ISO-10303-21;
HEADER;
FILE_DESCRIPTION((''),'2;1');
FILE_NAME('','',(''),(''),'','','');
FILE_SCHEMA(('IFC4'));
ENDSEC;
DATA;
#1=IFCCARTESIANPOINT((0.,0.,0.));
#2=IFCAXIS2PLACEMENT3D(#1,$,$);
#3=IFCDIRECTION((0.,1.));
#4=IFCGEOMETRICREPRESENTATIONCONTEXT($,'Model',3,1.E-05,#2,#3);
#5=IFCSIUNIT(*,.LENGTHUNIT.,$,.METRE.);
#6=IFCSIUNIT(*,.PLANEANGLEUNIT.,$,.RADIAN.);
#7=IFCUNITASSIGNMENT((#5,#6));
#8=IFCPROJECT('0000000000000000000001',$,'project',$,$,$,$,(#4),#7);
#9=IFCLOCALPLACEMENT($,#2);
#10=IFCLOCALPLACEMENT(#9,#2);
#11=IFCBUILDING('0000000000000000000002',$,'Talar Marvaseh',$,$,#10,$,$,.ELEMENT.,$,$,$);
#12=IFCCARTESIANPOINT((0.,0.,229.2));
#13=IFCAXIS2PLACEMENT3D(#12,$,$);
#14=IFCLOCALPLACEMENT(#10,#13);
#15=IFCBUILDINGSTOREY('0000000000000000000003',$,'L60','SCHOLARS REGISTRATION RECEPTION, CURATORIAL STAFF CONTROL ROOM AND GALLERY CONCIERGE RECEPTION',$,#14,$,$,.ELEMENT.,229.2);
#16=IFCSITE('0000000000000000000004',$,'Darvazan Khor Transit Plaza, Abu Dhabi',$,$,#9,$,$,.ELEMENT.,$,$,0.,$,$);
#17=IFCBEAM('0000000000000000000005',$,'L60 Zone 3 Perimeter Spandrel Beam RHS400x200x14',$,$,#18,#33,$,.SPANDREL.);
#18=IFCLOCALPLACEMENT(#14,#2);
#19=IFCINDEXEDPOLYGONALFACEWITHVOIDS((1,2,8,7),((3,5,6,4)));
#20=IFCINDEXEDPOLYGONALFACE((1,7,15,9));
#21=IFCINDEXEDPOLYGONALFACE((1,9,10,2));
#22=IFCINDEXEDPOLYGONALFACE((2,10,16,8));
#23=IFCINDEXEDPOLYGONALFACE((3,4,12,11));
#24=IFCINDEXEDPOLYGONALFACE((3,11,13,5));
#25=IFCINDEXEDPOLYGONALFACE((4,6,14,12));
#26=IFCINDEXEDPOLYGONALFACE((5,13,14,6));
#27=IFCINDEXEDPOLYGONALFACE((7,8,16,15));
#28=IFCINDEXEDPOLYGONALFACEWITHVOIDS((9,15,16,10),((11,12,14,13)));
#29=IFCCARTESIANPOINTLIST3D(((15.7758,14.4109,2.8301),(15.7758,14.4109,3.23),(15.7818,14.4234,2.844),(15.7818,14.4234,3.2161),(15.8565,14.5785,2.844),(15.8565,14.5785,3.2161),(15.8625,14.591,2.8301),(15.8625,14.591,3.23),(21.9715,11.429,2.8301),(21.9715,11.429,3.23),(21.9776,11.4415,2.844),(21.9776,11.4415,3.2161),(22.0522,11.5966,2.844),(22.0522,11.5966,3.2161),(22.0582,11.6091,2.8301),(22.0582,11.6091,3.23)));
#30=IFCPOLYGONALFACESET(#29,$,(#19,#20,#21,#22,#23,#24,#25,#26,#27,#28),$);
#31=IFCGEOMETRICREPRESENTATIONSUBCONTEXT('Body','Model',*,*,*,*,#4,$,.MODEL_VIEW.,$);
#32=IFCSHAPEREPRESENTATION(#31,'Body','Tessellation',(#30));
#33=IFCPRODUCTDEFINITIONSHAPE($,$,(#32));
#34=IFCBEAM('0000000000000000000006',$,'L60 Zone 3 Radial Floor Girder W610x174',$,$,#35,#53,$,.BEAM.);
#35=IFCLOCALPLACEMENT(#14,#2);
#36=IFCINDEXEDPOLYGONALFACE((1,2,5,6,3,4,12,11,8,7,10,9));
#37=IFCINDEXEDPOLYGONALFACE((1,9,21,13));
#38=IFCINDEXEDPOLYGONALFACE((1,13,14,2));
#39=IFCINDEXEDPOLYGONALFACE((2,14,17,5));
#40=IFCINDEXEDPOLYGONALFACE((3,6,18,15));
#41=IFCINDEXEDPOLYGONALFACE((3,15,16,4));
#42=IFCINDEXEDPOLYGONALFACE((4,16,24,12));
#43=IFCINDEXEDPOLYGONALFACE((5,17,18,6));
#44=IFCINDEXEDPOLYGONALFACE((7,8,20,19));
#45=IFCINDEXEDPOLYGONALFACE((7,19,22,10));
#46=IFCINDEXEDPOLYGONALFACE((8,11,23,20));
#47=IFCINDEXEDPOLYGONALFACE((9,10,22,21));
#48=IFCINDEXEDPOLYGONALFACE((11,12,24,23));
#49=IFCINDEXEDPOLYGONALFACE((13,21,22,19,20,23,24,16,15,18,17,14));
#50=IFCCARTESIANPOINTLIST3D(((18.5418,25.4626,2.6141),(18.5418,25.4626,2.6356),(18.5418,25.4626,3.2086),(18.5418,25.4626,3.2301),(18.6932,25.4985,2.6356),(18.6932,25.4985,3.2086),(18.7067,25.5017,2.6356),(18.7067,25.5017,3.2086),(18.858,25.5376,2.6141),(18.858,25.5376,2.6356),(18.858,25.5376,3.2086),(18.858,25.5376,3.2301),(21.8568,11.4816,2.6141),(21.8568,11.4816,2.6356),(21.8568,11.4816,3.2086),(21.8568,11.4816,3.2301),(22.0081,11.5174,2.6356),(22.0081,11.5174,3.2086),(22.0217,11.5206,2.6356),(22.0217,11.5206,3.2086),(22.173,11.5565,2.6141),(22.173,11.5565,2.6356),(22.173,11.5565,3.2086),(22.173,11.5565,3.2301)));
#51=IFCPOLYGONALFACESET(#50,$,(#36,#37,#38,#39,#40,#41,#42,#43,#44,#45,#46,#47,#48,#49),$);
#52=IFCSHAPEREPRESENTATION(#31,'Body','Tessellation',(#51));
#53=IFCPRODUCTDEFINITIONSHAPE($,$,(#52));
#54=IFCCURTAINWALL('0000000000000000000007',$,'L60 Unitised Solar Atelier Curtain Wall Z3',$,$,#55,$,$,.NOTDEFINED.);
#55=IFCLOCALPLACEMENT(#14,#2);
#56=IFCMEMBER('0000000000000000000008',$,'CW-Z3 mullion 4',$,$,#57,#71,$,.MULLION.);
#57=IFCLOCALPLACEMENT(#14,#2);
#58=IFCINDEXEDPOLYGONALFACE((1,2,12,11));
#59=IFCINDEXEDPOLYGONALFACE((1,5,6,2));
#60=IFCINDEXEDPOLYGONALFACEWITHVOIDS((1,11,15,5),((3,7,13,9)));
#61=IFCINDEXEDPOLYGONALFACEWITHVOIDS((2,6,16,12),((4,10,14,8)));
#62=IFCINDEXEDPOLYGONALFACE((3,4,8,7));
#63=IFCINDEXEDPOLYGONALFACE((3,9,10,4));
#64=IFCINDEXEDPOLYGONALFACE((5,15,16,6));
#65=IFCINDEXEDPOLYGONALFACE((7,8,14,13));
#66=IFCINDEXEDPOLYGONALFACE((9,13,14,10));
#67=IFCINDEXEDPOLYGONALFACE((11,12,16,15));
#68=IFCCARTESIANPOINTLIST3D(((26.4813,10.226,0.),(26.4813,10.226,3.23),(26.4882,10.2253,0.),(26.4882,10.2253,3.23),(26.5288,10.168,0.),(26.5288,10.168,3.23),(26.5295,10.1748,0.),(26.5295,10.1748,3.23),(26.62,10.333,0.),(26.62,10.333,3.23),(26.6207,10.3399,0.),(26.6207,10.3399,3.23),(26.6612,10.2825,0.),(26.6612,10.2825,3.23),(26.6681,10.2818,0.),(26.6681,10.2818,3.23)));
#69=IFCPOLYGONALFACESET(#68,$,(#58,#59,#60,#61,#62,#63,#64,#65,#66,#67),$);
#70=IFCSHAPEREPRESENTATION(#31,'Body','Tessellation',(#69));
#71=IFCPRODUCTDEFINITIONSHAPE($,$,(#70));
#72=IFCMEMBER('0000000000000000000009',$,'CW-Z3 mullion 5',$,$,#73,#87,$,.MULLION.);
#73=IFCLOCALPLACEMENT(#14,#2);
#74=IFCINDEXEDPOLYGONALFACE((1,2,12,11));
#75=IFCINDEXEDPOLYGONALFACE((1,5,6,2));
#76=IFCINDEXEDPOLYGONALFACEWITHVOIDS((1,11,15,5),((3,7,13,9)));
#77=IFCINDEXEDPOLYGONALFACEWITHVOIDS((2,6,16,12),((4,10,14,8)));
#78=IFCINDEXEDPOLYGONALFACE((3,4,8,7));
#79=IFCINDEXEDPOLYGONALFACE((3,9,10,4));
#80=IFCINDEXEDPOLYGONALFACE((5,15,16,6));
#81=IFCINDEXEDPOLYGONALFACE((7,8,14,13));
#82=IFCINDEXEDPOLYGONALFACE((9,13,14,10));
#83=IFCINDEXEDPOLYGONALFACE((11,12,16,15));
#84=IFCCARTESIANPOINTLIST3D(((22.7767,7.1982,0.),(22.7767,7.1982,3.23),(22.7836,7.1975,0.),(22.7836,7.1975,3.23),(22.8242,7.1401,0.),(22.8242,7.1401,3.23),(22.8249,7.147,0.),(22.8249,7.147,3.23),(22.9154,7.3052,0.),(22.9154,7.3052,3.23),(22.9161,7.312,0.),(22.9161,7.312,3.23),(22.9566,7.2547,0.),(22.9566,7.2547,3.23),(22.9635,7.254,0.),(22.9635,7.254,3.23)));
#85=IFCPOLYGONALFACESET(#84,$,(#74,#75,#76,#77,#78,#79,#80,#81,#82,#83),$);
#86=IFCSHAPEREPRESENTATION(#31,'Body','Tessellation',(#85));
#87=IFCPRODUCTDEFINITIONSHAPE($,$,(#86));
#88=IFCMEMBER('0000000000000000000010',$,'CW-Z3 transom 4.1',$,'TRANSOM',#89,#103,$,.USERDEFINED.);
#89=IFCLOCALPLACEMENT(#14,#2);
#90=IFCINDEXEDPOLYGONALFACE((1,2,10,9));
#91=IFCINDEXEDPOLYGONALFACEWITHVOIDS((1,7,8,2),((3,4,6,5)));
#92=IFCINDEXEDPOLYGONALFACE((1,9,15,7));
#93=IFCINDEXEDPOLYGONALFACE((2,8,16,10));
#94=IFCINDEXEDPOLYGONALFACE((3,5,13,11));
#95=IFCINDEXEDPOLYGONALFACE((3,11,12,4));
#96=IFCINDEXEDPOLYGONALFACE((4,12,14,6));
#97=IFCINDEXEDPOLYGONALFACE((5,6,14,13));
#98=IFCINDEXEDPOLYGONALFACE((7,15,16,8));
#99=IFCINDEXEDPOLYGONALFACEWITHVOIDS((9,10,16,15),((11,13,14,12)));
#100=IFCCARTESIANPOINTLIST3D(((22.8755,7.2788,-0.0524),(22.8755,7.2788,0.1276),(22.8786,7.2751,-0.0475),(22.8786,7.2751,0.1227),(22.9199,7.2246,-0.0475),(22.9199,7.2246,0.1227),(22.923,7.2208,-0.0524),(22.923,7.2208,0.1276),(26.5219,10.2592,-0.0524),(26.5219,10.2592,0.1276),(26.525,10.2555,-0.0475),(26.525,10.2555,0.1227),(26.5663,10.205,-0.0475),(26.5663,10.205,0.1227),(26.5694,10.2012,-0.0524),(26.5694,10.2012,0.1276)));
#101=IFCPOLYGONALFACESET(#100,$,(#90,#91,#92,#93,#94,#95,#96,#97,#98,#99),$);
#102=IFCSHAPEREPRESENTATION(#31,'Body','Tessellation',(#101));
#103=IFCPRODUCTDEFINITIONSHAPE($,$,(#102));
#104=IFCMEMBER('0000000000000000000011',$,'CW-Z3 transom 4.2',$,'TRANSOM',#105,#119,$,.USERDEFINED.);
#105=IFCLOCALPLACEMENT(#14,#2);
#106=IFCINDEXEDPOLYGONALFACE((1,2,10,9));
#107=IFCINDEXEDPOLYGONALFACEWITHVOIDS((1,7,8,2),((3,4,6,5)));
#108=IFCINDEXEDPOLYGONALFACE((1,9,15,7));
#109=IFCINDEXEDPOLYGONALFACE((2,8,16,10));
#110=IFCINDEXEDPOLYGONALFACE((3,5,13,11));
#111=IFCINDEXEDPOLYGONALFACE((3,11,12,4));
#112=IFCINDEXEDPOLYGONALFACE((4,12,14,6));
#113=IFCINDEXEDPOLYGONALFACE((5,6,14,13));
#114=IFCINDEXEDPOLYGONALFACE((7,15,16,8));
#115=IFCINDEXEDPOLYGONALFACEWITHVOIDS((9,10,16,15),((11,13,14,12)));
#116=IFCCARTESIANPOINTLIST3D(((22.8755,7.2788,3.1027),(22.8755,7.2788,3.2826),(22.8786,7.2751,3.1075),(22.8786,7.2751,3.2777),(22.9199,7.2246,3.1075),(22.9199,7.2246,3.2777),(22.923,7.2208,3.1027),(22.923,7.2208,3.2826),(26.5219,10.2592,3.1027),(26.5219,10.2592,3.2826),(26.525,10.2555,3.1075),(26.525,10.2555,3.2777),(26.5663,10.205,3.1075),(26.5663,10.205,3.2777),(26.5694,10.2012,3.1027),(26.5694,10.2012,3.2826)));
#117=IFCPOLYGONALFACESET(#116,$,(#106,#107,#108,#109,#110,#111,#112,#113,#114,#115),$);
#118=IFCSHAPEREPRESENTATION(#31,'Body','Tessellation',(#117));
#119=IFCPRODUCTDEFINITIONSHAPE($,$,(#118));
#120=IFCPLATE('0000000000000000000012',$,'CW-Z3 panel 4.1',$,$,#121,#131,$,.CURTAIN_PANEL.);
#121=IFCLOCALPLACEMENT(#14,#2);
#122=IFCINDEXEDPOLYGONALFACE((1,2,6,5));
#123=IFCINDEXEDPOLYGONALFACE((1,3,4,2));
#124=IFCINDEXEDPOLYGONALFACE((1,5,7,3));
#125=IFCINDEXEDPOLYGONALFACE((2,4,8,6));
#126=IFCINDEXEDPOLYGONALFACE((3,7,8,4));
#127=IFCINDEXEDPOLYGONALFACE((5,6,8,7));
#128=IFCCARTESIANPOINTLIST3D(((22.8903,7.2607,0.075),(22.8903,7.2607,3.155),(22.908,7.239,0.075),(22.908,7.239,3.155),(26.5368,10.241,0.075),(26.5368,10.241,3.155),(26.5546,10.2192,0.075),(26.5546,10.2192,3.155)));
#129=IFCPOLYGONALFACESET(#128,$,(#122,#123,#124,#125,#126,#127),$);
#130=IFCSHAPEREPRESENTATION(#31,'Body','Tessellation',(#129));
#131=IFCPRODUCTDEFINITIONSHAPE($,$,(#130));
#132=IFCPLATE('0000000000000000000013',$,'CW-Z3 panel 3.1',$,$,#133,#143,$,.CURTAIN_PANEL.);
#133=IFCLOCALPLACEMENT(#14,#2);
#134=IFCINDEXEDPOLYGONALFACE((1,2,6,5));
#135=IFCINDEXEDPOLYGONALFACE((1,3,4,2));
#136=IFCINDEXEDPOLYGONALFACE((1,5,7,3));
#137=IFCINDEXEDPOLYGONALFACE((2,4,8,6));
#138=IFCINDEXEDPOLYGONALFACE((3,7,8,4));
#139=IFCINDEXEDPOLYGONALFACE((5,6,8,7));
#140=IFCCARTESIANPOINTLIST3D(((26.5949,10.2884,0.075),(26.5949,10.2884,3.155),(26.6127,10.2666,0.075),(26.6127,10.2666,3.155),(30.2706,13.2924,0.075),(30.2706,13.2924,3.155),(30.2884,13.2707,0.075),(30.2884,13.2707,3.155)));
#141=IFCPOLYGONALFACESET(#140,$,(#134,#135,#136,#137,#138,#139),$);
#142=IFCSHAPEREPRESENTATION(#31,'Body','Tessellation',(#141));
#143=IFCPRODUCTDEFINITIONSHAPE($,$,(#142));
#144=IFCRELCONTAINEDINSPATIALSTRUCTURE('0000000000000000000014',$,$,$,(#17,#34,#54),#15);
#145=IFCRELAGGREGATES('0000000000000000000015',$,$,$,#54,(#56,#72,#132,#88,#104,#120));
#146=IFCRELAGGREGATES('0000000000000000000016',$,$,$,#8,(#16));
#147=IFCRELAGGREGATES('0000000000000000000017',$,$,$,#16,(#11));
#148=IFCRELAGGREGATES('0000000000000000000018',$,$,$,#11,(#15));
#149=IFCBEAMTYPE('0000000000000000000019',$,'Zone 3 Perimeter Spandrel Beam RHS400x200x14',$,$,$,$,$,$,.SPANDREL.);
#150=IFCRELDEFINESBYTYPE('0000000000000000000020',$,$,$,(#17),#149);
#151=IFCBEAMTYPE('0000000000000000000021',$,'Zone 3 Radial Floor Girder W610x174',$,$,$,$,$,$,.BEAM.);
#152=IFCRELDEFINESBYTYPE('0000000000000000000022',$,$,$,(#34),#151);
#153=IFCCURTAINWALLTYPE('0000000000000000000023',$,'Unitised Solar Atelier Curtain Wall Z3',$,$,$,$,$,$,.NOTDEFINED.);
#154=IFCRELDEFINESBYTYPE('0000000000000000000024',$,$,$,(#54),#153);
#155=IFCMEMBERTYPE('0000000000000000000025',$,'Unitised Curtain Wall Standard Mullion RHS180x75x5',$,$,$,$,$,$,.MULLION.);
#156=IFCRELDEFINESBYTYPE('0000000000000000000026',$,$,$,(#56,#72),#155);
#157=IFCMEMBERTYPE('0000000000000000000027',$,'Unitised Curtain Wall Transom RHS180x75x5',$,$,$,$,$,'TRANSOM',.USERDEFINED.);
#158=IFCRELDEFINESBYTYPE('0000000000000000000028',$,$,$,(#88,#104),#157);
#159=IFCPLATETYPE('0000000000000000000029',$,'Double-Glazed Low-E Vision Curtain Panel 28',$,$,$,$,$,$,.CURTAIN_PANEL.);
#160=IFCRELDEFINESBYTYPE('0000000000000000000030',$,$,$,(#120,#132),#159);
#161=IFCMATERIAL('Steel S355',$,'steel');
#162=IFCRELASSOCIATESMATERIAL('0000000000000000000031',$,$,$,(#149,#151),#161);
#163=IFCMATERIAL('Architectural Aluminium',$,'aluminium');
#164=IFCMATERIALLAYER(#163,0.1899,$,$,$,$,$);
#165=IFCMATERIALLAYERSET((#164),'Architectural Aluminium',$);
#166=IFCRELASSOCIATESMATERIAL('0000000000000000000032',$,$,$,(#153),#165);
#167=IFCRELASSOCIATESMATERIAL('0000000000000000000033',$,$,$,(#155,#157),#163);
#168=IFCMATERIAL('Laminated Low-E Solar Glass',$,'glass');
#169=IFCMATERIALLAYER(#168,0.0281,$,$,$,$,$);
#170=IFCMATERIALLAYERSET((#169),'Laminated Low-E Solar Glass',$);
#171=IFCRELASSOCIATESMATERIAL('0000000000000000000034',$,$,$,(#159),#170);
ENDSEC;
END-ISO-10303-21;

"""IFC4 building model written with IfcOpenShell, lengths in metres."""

from ifc_helpers import new_model, si_unit, direction, frame, origin, origin_2d, place, context, subcontext, project, spatial, rectangle, hollow_rectangle, i_section, extrude, source, transform, mapped, material, layer, layer_set, material_profile, profile_set, type_object, type_shapes, element, aggregate, save


model = new_model("IFC4")

# Units and contexts
model_context = context("Model", 3, precision=1e-05, world=origin(), true_north=direction((0.0, 1.0)))
body_context = subcontext(model_context, "Body", "Model", "MODEL_VIEW")
ifc_project = project(units=[si_unit("LENGTHUNIT", "METRE"), si_unit("PLANEANGLEUNIT", "RADIAN")], contexts=[model_context])

# Site, building, storey
site_placement = place(None, origin())
site = spatial("IfcSite", under=ifc_project, at=site_placement, Name="Darvazan Khor Transit Plaza, Abu Dhabi", CompositionType="ELEMENT", RefElevation=0.0)
building_placement = place(site_placement, origin())
building = spatial("IfcBuilding", under=site, at=building_placement, Name="Talar Marvaseh", CompositionType="ELEMENT")
storey_placement = place(building_placement, frame((0.0, 0.0, 229.2)))
storey = spatial("IfcBuildingStorey", under=building, at=storey_placement, Name="L60", Description="SCHOLARS REGISTRATION RECEPTION, CURATORIAL STAFF CONTROL ROOM AND GALLERY CONCIERGE RECEPTION", CompositionType="ELEMENT", Elevation=229.2)

# Beams
ifc_material_1 = material(Name="Steel S355", Category="steel")
ifc_material_profile_1 = material_profile(ifc_material_1, hollow_rectangle(XDim=0.2, YDim=0.3999, WallThickness=0.0139, at=origin_2d()), Name="RHS400x200x14")
ifc_profile_set_1 = profile_set([ifc_material_profile_1], Name="Steel S355")
beam_type_1 = type_object("IfcBeamType", Name="Zone 3 Perimeter Spandrel Beam RHS400x200x14", PredefinedType="SPANDREL", material=ifc_profile_set_1)
beam_1_placement = place(storey_placement, frame((22.0149, 11.519, 3.03), z_axis=(-0.901072, 0.43367, 0.0), x_axis=(-0.43367, -0.901072, 0.0)))
element("IfcBeam", 1, at=beam_1_placement, inside=storey, type_object=beam_type_1, Name="L60 Zone 3 Perimeter Spandrel Beam RHS400x200x14", PredefinedType="SPANDREL", context=body_context, shape_type="SweptSolid", body=[
    extrude(hollow_rectangle(XDim=0.2, YDim=0.3999, WallThickness=0.0139, at=origin_2d()), origin(), (0.0, 0.0, 1.0), 6.876),
])
ifc_material_profile_2 = material_profile(ifc_material_1, i_section(OverallWidth=0.325, OverallDepth=0.616, WebThickness=0.0139, FlangeThickness=0.0215, at=origin_2d()), Name="W610x174")
ifc_profile_set_2 = profile_set([ifc_material_profile_2], Name="Steel S355")
beam_type_2 = type_object("IfcBeamType", Name="Zone 3 Radial Floor Girder W610x174", PredefinedType="BEAM", material=ifc_profile_set_2)
beam_2_placement = place(storey_placement, frame((22.0149, 11.519, 2.9221), z_axis=(-0.230708, 0.973023, 0.0), x_axis=(-0.973023, -0.230708, 0.0)))
element("IfcBeam", 2, at=beam_2_placement, inside=storey, type_object=beam_type_2, Name="L60 Zone 3 Radial Floor Girder W610x174", PredefinedType="BEAM", context=body_context, shape_type="SweptSolid", body=[
    extrude(i_section(OverallWidth=0.325, OverallDepth=0.616, WebThickness=0.0139, FlangeThickness=0.0215, at=origin_2d()), origin(), (0.0, 0.0, 1.0), 14.3687),
])

# Curtain wall, members, plates
ifc_material_2 = material(Name="Architectural Aluminium", Category="aluminium")
ifc_layer_1 = layer(ifc_material_2, 0.1899)
ifc_layer_set_1 = layer_set([ifc_layer_1], Name="Architectural Aluminium")
curtain_wall_type = type_object("IfcCurtainWallType", Name="Unitised Solar Atelier Curtain Wall Z3", PredefinedType="NOTDEFINED", material=ifc_layer_set_1)
curtain_wall_placement = place(storey_placement, origin())
curtain_wall = element("IfcCurtainWall", 3, at=curtain_wall_placement, inside=storey, type_object=curtain_wall_type, Name="L60 Unitised Solar Atelier Curtain Wall Z3", PredefinedType="NOTDEFINED")
ifc_material_profile_3 = material_profile(ifc_material_2, hollow_rectangle(XDim=0.075, YDim=0.1799, WallThickness=0.0049, at=origin_2d()), Name="RHS180x75x5")
ifc_profile_set_3 = profile_set([ifc_material_profile_3], Name="Architectural Aluminium")
member_type_1 = type_object("IfcMemberType", Name="Unitised Curtain Wall Standard Mullion RHS180x75x5", PredefinedType="MULLION", material=ifc_profile_set_3)
shared_shape_1 = source(origin(), body_context, "Body", "SweptSolid", [
    extrude(hollow_rectangle(XDim=0.075, YDim=0.1799, WallThickness=0.0049, at=origin_2d()), origin(), (0.0, 0.0, 1.0), 3.23),
])
type_shapes(member_type_1, [shared_shape_1])
member_1_placement = place(storey_placement, frame((26.5747, 10.2539, 0.0), z_axis=(0.0, 0.0, 1.0), x_axis=(0.632822, -0.774297, 0.0)))
member_1 = element("IfcMember", 4, at=member_1_placement, type_object=member_type_1, Name="CW-Z3 mullion 4", PredefinedType="MULLION", context=body_context, shape_type="MappedRepresentation", body=[
    mapped(shared_shape_1, transform((0.0, 0.0, 0.0), x_axis=(1.0, 0.0, 0.0), y_axis=(0.0, 1.0, 0.0), z_axis=(0.0, 0.0, 1.0), scale=1.0)),
])
member_2_placement = place(storey_placement, frame((22.8701, 7.2261, 0.0), z_axis=(0.0, 0.0, 1.0), x_axis=(0.632822, -0.774297, 0.0)))
member_2 = element("IfcMember", 5, at=member_2_placement, type_object=member_type_1, Name="CW-Z3 mullion 5", PredefinedType="MULLION", context=body_context, shape_type="MappedRepresentation", body=[
    mapped(shared_shape_1, transform((0.0, 0.0, 0.0), x_axis=(1.0, 0.0, 0.0), y_axis=(0.0, 1.0, 0.0), z_axis=(0.0, 0.0, 1.0), scale=1.0)),
])
ifc_material_profile_4 = material_profile(ifc_material_2, hollow_rectangle(XDim=0.075, YDim=0.1799, WallThickness=0.0049, at=origin_2d()), Name="RHS180x75x5")
ifc_profile_set_4 = profile_set([ifc_material_profile_4], Name="Architectural Aluminium")
member_type_2 = type_object("IfcMemberType", Name="Unitised Curtain Wall Transom RHS180x75x5", ElementType="TRANSOM", PredefinedType="USERDEFINED", material=ifc_profile_set_4)
shared_shape_2 = source(origin(), body_context, "Body", "SweptSolid", [
    extrude(hollow_rectangle(XDim=0.075, YDim=0.1799, WallThickness=0.0049, at=origin_2d()), origin(), (0.0, 0.0, 1.0), 4.7095),
])
type_shapes(member_type_2, [shared_shape_2])
member_3_placement = place(storey_placement, frame((26.5457, 10.2302, 0.0376), z_axis=(-0.774271, -0.632854, 0.0), x_axis=(0.632854, -0.774271, 0.0)))
member_3 = element("IfcMember", 6, at=member_3_placement, type_object=member_type_2, Name="CW-Z3 transom 4.1", ObjectType="TRANSOM", PredefinedType="USERDEFINED", context=body_context, shape_type="MappedRepresentation", body=[
    mapped(shared_shape_2, transform((0.0, 0.0, 0.0), x_axis=(1.0, 0.0, 0.0), y_axis=(0.0, 1.0, 0.0), z_axis=(0.0, 0.0, 1.0), scale=1.0)),
])
member_4_placement = place(storey_placement, frame((26.5457, 10.2302, 3.1926), z_axis=(-0.774271, -0.632854, 0.0), x_axis=(0.632854, -0.774271, 0.0)))
member_4 = element("IfcMember", 7, at=member_4_placement, type_object=member_type_2, Name="CW-Z3 transom 4.2", ObjectType="TRANSOM", PredefinedType="USERDEFINED", context=body_context, shape_type="MappedRepresentation", body=[
    mapped(shared_shape_2, transform((0.0, 0.0, 0.0), x_axis=(1.0, 0.0, 0.0), y_axis=(0.0, 1.0, 0.0), z_axis=(0.0, 0.0, 1.0), scale=1.0)),
])
ifc_material_3 = material(Name="Laminated Low-E Solar Glass", Category="glass")
ifc_layer_2 = layer(ifc_material_3, 0.0281)
ifc_layer_set_2 = layer_set([ifc_layer_2], Name="Laminated Low-E Solar Glass")
plate_type = type_object("IfcPlateType", Name="Double-Glazed Low-E Vision Curtain Panel 28", PredefinedType="CURTAIN_PANEL", material=ifc_layer_set_2)
shared_shape_3 = source(origin(), body_context, "Body", "SweptSolid", [
    extrude(rectangle(XDim=4.7095, YDim=0.0281, at=origin_2d()), origin(), (0.0, 0.0, 1.0), 3.0801),
])
plate_1_placement = place(storey_placement, frame((24.7224, 8.74, 0.075), z_axis=(0.0, 0.0, 1.0), x_axis=(-0.774297, -0.632822, 0.0)))
plate_1 = element("IfcPlate", 8, at=plate_1_placement, type_object=plate_type, Name="CW-Z3 panel 4.1", PredefinedType="CURTAIN_PANEL", context=body_context, shape_type="MappedRepresentation", body=[
    mapped(shared_shape_3, transform((0.0, 0.0, 0.0), x_axis=(1.0, 0.0, 0.0), y_axis=(0.0, 1.0, 0.0), z_axis=(0.0, 0.0, 1.0), scale=1.0)),
])
shared_shape_4 = source(origin(), body_context, "Body", "SweptSolid", [
    extrude(rectangle(XDim=4.7471, YDim=0.0281, at=origin_2d()), origin(), (0.0, 0.0, 1.0), 3.0801),
])
type_shapes(plate_type, [shared_shape_3, shared_shape_4])
plate_2_placement = place(storey_placement, frame((28.4417, 11.7795, 0.075), z_axis=(0.0, 0.0, 1.0), x_axis=(-0.774297, -0.632822, 0.0)))
plate_2 = element("IfcPlate", 9, at=plate_2_placement, type_object=plate_type, Name="CW-Z3 panel 3.1", PredefinedType="CURTAIN_PANEL", context=body_context, shape_type="MappedRepresentation", body=[
    mapped(shared_shape_4, transform((0.0, 0.0, 0.0), x_axis=(1.0, 0.0, 0.0), y_axis=(0.0, 1.0, 0.0), z_axis=(0.0, 0.0, 1.0), scale=1.0)),
])
aggregate(curtain_wall, [member_1, member_2, plate_2, member_3, member_4, plate_1])

save(model, "model.ifc")
